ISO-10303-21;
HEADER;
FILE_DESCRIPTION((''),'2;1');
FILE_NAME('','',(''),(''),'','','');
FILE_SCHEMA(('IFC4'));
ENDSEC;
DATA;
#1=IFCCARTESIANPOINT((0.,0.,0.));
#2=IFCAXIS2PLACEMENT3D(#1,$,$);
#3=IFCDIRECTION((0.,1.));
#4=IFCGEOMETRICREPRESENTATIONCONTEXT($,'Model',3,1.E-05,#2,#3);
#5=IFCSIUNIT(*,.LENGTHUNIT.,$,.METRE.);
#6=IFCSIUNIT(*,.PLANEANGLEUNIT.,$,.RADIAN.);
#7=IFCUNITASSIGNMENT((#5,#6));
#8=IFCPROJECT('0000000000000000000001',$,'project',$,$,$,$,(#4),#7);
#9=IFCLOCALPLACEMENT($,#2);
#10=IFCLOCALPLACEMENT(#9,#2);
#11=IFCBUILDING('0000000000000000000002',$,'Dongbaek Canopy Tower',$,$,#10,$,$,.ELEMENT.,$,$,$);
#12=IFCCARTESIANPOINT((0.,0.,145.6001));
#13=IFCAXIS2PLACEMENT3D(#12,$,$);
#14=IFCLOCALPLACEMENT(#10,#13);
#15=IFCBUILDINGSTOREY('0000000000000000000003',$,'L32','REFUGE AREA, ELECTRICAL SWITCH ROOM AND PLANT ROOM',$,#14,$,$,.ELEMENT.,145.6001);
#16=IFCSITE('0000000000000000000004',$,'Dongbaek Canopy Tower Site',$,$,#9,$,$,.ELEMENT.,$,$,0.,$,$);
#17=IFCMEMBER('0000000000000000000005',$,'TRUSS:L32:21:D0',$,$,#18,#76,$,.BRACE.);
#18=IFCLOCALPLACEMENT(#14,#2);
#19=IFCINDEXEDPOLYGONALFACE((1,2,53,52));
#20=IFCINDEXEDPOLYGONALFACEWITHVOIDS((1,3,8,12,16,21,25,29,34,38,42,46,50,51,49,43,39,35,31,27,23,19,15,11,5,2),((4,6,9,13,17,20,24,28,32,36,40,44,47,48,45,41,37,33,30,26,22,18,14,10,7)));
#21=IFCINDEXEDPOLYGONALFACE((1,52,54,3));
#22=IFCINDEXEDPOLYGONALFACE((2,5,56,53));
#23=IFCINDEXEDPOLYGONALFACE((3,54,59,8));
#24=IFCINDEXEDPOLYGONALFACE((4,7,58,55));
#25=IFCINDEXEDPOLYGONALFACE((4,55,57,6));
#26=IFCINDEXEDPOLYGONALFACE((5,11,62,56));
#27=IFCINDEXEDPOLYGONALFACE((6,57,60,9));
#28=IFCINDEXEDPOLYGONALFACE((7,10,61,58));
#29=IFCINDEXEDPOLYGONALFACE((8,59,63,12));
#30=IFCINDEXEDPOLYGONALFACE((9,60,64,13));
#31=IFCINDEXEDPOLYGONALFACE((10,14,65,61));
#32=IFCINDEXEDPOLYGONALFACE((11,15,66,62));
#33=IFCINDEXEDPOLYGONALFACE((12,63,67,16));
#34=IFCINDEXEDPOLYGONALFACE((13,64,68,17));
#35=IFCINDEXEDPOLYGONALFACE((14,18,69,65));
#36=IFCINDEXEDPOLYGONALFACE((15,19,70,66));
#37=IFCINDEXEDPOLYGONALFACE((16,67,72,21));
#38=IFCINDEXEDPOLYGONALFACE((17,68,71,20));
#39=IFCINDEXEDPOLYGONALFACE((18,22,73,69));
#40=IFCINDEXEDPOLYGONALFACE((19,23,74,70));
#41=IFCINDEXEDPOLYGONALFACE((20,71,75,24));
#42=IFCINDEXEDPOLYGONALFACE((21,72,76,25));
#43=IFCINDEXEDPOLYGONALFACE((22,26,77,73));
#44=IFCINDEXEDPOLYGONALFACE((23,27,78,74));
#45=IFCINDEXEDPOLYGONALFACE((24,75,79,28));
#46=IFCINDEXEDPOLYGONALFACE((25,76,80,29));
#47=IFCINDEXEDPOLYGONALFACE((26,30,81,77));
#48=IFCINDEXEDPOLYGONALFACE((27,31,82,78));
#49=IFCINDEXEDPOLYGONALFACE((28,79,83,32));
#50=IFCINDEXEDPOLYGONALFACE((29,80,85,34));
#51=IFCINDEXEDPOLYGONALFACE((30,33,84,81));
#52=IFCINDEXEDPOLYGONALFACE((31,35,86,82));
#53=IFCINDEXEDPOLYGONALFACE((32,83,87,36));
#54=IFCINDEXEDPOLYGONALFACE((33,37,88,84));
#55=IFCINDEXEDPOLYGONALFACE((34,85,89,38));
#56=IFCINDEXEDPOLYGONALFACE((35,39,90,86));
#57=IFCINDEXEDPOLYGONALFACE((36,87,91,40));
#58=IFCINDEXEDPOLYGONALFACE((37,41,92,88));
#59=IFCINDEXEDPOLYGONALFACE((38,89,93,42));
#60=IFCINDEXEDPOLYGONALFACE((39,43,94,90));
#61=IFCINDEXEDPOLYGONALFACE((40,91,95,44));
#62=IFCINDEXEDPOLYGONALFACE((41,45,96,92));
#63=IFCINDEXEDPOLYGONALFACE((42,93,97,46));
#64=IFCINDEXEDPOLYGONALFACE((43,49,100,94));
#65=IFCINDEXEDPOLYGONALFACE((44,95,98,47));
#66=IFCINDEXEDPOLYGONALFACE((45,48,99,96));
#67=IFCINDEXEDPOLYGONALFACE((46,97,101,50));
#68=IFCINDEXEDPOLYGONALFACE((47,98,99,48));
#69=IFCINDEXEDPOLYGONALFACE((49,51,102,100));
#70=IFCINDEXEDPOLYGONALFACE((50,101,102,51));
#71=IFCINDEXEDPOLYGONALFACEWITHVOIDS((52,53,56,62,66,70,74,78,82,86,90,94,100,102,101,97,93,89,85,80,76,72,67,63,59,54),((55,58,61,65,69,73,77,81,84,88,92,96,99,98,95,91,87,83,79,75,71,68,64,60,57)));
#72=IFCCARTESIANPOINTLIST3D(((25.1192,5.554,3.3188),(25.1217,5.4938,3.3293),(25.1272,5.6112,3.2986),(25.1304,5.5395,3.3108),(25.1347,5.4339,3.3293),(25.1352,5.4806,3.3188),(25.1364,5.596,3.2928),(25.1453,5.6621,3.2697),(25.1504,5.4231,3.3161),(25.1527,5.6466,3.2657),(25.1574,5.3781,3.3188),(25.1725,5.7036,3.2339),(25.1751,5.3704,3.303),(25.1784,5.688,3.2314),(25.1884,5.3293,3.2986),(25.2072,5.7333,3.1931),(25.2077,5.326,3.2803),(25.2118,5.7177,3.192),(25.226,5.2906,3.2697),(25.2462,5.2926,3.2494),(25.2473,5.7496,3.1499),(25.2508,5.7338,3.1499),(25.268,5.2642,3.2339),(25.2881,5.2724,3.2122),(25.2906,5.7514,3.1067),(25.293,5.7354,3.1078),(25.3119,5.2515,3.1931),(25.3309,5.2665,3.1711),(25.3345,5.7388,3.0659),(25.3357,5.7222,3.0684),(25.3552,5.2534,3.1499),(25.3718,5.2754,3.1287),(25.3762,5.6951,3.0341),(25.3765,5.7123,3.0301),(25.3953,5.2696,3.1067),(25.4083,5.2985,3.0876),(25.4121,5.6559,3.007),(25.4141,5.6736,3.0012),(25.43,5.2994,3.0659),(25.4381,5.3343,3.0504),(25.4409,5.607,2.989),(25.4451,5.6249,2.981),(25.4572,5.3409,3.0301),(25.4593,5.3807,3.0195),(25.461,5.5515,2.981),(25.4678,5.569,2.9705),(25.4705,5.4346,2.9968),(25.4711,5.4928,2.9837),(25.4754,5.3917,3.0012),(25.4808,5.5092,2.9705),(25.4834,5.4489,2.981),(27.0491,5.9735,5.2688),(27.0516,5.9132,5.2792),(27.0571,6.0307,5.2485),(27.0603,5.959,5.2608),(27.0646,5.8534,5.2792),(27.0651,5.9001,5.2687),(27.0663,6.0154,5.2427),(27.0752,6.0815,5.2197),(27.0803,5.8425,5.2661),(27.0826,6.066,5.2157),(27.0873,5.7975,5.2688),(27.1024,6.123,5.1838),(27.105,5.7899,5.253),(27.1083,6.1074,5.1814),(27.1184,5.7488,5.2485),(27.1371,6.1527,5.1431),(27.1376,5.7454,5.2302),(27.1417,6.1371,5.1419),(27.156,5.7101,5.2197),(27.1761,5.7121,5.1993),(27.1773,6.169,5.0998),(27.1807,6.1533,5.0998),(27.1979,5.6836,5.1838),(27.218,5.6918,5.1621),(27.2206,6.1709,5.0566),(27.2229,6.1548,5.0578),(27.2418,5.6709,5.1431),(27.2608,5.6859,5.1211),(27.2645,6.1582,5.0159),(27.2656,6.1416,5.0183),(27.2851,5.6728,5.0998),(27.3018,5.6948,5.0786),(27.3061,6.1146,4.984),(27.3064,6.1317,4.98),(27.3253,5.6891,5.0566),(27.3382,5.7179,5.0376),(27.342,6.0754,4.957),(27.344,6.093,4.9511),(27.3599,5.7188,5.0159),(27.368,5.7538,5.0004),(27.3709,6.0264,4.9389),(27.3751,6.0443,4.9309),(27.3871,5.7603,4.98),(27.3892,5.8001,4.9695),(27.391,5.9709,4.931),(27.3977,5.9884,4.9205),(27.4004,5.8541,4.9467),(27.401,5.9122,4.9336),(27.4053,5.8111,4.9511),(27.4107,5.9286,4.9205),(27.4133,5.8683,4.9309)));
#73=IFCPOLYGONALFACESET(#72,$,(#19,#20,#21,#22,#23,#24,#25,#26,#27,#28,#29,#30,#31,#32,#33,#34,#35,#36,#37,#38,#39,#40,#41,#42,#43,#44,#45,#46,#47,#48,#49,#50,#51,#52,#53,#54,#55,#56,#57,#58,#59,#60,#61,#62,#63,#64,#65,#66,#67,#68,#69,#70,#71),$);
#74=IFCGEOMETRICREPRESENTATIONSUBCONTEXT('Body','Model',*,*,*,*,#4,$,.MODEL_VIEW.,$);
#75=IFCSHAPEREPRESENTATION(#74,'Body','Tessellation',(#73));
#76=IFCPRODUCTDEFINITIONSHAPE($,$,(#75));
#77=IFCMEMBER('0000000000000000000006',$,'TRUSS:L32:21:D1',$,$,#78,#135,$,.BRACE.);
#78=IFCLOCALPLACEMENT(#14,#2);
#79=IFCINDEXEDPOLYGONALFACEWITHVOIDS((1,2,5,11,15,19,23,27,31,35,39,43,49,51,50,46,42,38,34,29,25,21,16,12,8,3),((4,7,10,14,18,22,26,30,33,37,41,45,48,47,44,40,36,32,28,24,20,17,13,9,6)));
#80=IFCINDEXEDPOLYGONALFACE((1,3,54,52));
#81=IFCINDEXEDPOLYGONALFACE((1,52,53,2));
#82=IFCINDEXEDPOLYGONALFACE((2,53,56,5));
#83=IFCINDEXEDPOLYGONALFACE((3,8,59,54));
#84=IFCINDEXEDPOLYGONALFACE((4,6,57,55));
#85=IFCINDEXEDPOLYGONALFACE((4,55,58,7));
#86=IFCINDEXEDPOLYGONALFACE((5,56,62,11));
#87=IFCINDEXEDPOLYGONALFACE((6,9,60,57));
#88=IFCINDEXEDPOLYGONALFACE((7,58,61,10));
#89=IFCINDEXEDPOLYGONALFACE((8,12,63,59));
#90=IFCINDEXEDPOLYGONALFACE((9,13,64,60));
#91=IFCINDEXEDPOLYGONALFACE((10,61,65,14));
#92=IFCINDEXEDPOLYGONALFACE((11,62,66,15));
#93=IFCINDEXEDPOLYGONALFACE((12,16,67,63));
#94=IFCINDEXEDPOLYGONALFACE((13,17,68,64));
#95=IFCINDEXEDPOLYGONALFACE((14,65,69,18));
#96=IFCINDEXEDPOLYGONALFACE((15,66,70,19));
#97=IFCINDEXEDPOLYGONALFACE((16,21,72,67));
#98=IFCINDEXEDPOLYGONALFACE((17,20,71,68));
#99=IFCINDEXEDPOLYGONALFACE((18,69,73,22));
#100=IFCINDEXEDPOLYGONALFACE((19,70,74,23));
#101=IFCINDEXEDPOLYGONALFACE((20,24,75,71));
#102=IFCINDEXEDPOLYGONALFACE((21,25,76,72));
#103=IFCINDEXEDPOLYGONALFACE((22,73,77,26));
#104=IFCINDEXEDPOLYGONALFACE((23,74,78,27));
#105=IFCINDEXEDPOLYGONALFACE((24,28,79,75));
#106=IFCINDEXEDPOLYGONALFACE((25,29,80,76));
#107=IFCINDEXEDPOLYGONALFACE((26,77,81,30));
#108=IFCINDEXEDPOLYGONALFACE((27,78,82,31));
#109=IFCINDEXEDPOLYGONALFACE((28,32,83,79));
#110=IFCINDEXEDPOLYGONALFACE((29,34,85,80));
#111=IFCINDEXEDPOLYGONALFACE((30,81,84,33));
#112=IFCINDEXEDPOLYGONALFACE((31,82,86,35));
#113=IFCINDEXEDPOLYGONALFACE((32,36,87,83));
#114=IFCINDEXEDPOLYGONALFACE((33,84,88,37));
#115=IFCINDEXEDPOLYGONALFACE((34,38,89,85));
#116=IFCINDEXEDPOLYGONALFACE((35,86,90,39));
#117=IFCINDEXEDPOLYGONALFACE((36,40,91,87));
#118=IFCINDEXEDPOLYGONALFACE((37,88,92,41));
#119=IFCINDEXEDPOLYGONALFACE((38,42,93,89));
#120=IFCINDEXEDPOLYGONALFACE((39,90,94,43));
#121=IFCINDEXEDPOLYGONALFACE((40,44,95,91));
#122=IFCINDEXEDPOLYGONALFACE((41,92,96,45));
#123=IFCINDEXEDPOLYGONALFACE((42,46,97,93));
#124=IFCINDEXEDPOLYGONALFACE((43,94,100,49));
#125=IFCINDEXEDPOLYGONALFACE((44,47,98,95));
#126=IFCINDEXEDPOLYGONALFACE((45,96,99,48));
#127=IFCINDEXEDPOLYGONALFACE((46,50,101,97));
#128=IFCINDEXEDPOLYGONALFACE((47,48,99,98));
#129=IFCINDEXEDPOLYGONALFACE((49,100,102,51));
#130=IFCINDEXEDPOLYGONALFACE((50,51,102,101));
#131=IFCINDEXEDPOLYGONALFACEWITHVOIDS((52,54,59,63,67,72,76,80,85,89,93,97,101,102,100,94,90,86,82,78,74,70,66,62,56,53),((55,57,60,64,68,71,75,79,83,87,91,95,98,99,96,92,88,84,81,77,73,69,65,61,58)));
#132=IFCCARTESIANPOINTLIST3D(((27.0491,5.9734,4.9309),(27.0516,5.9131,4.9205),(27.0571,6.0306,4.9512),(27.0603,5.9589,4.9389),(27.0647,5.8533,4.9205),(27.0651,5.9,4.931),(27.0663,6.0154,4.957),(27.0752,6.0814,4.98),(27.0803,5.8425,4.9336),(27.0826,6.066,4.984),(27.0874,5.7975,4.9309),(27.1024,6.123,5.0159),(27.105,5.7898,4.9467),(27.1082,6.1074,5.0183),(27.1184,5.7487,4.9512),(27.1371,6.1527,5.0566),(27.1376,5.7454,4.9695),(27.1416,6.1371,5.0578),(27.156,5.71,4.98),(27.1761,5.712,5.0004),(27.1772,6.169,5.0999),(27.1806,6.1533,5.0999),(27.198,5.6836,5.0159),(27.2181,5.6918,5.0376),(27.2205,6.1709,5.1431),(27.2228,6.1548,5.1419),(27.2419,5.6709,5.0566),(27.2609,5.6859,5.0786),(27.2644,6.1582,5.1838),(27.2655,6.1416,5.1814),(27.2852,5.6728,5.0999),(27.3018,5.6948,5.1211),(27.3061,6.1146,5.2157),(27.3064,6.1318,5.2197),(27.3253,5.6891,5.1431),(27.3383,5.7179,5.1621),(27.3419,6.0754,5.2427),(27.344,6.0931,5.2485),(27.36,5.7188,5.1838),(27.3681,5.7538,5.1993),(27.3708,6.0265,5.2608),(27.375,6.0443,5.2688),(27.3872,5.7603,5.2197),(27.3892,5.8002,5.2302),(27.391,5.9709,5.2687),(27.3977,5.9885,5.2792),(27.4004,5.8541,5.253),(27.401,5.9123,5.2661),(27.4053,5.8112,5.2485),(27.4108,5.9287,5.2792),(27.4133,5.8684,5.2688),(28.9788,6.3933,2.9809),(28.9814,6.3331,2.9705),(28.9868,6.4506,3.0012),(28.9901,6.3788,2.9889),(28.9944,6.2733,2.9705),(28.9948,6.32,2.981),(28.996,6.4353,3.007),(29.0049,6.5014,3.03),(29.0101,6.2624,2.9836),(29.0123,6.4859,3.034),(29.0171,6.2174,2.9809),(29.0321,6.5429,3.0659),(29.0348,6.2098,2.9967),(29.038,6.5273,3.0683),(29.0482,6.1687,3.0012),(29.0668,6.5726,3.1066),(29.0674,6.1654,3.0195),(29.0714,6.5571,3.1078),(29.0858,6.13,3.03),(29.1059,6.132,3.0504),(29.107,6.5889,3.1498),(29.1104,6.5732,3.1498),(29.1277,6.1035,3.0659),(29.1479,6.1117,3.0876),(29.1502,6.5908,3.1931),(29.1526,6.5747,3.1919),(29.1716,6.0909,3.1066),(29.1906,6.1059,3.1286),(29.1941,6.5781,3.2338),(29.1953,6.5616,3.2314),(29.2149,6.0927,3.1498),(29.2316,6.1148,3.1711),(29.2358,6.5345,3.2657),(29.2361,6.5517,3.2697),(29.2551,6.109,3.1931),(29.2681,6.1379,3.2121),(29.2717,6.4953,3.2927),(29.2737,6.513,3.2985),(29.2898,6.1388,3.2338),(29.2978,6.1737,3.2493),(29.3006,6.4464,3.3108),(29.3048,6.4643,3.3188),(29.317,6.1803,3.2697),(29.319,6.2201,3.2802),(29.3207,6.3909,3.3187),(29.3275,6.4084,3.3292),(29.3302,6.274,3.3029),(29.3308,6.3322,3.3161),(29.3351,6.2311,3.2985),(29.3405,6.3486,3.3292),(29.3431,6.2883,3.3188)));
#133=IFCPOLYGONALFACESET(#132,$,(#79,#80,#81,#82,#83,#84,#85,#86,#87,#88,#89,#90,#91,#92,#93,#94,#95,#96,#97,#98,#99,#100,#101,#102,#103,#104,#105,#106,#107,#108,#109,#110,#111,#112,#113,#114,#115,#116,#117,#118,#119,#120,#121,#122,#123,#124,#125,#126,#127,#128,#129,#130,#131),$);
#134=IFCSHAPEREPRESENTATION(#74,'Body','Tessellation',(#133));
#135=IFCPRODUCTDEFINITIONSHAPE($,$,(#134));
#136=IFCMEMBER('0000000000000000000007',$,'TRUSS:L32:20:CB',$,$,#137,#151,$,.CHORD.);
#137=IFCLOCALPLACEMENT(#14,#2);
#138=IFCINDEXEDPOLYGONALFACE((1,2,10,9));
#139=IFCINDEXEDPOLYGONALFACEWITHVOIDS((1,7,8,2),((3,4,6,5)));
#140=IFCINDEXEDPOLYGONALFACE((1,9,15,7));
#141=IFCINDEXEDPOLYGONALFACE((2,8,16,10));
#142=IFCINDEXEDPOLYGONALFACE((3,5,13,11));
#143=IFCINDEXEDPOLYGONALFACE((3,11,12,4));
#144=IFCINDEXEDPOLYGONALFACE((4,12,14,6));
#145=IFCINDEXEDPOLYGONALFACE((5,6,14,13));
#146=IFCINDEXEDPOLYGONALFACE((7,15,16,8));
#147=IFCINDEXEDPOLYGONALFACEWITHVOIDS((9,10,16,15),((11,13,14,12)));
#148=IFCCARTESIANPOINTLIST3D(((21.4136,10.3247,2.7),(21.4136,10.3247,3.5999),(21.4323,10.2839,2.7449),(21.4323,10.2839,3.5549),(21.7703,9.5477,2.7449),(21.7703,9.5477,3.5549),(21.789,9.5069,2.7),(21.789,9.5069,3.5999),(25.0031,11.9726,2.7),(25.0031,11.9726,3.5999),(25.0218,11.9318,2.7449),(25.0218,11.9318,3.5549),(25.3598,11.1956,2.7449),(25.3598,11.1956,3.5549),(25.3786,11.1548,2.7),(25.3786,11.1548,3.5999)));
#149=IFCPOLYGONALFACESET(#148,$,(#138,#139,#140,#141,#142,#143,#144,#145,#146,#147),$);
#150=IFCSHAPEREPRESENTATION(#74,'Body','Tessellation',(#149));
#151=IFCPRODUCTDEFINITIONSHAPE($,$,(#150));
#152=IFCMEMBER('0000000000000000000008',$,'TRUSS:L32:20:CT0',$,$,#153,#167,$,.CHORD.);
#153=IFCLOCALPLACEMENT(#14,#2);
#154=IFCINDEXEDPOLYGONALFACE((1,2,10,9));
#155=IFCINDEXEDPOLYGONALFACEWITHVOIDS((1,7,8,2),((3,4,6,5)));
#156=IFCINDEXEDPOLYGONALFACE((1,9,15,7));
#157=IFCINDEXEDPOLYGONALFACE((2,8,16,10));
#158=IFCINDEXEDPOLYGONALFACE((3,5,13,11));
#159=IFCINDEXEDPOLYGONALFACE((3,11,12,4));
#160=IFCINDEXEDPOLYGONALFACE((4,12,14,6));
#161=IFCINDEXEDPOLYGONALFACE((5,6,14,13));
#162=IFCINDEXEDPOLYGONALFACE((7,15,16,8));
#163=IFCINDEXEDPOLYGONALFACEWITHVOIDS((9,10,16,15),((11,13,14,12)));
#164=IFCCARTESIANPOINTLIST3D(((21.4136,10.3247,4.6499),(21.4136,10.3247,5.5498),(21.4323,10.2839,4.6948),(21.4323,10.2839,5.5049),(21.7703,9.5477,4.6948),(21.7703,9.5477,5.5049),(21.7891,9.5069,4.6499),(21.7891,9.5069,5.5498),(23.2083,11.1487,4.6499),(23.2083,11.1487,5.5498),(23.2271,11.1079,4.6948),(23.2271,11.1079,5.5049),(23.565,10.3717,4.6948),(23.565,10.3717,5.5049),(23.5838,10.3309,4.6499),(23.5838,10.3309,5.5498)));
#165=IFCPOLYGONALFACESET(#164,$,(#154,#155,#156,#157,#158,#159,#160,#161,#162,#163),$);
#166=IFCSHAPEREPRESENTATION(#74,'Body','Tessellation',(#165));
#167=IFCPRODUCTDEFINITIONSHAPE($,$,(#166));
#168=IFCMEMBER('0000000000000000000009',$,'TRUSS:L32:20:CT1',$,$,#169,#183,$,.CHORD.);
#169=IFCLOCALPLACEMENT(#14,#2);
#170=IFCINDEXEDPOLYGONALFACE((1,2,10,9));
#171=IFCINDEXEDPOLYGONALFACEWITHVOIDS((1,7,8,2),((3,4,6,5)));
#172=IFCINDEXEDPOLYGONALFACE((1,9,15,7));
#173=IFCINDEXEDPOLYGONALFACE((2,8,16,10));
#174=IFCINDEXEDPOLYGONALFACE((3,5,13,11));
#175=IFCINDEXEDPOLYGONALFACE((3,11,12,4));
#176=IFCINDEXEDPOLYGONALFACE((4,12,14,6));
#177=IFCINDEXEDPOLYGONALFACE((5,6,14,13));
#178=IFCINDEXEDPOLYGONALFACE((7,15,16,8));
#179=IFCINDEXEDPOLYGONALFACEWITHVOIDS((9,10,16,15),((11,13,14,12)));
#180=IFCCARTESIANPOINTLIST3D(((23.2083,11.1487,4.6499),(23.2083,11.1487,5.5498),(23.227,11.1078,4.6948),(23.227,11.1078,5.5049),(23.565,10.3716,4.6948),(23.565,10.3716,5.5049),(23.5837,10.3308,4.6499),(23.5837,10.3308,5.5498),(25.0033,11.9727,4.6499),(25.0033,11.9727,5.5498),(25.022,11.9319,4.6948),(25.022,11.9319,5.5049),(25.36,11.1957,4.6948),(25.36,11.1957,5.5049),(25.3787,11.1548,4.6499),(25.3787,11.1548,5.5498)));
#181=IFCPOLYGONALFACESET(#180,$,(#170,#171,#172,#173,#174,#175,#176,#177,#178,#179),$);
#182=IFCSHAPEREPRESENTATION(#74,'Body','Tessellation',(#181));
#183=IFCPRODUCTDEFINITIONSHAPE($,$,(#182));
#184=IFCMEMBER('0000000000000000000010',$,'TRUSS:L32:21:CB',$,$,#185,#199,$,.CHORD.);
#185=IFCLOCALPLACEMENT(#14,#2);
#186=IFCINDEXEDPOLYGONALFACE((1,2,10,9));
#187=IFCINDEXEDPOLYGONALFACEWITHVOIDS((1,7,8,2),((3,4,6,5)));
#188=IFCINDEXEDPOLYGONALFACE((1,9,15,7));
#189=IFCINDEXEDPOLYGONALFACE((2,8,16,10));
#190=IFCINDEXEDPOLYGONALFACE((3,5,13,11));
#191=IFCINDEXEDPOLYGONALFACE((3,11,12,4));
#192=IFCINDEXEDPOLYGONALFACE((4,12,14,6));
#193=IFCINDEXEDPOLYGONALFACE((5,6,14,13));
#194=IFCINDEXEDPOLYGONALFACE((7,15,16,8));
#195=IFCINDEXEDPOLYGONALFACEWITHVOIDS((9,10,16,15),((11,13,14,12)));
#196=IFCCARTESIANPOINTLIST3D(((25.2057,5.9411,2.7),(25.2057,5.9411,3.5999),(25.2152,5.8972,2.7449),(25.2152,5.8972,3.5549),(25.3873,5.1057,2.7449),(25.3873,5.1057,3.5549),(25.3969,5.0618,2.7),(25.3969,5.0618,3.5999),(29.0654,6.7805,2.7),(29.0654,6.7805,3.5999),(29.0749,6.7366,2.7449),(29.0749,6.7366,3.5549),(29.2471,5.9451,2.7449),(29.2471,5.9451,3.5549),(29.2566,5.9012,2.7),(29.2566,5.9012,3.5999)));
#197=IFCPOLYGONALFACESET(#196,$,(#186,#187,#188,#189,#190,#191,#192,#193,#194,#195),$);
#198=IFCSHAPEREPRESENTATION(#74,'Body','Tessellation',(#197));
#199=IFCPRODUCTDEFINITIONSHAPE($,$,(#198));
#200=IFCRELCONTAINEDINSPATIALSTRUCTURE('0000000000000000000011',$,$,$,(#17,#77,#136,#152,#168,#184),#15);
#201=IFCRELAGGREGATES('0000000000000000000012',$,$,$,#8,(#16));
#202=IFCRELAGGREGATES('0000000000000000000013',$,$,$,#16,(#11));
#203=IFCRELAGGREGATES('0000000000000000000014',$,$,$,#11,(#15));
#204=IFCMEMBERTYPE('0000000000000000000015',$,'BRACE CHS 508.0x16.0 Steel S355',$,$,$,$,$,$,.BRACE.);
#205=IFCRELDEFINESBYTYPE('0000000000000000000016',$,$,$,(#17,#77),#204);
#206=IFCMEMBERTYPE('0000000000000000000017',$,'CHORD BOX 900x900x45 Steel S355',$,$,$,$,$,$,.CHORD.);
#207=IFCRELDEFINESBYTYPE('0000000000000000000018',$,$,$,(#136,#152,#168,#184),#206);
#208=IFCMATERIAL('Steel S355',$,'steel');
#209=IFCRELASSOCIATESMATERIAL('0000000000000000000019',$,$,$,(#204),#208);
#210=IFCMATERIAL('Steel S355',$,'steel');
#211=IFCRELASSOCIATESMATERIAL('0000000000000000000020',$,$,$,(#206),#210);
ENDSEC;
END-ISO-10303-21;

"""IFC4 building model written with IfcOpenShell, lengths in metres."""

from ifc_helpers import new_model, si_unit, direction, frame, origin, origin_2d, place, context, subcontext, project, spatial, hollow_rectangle, hollow_circle, extrude, material, material_profile, profile_set, type_object, element, save


model = new_model("IFC4")

# Units and contexts
model_context = context("Model", 3, precision=1e-05, world=origin(), true_north=direction((0.0, 1.0)))
body_context = subcontext(model_context, "Body", "Model", "MODEL_VIEW")
ifc_project = project(units=[si_unit("LENGTHUNIT", "METRE"), si_unit("PLANEANGLEUNIT", "RADIAN")], contexts=[model_context])

# Site, building, storey
site_placement = place(None, origin())
site = spatial("IfcSite", under=ifc_project, at=site_placement, Name="Dongbaek Canopy Tower Site", CompositionType="ELEMENT", RefElevation=0.0)
building_placement = place(site_placement, origin())
building = spatial("IfcBuilding", under=site, at=building_placement, Name="Dongbaek Canopy Tower", CompositionType="ELEMENT")
storey_placement = place(building_placement, frame((0.0, 0.0, 145.6001)))
storey = spatial("IfcBuildingStorey", under=building, at=storey_placement, Name="L32", Description="REFUGE AREA, ELECTRICAL SWITCH ROOM AND PLANT ROOM", CompositionType="ELEMENT", Elevation=145.6001)

# Members
ifc_material_1 = material(Name="Steel S355", Category="steel")
ifc_material_profile_1 = material_profile(ifc_material_1, hollow_circle(Radius=0.2539, WallThickness=0.0161, at=origin_2d()), Name="BRACE CHS 508.0x16.0 Steel S355")
ifc_profile_set_1 = profile_set([ifc_material_profile_1], Name="Steel S355")
member_type_1 = type_object("IfcMemberType", Name="BRACE CHS 508.0x16.0 Steel S355", PredefinedType="BRACE", material=ifc_profile_set_1)
for number, where, z_axis, x_axis, name in (
    (1, (25.3013, 5.5015, 3.1499), (0.695369, 0.151125, 0.702583), (-0.212373, 0.977189, 0.0), "TRUSS:L32:21:D0"),
    (2, (27.2312, 5.9209, 5.0999), (0.695306, 0.151306, -0.702607), (-0.212635, 0.977132, 0.0), "TRUSS:L32:21:D1"),
):
    element("IfcMember", number, at=place(storey_placement, frame(where, z_axis=z_axis, x_axis=x_axis)), inside=storey, type_object=member_type_1, Name=name, PredefinedType="BRACE", context=body_context, shape_type="SweptSolid", body=[
        extrude(hollow_circle(Radius=0.2539, WallThickness=0.0161, at=origin_2d()), origin(), (0.0, 0.0, 1.0), 2.7754),
    ])
ifc_material_2 = material(Name="Steel S355", Category="steel")
ifc_material_profile_2 = material_profile(ifc_material_2, hollow_rectangle(XDim=0.8999, YDim=0.8999, WallThickness=0.0449, at=origin_2d()), Name="CHORD BOX 900x900x45 Steel S355")
ifc_profile_set_2 = profile_set([ifc_material_profile_2], Name="Steel S355")
member_type_2 = type_object("IfcMemberType", Name="CHORD BOX 900x900x45 Steel S355", PredefinedType="CHORD", material=ifc_profile_set_2)
member_1_placement = place(storey_placement, frame((21.6013, 9.9158, 3.1499), z_axis=(0.908804, 0.417223, 0.0), x_axis=(-0.417223, 0.908804, 0.0)))
element("IfcMember", 3, at=member_1_placement, inside=storey, type_object=member_type_2, Name="TRUSS:L32:20:CB", PredefinedType="CHORD", context=body_context, shape_type="SweptSolid", body=[
    extrude(hollow_rectangle(XDim=0.8999, YDim=0.8999, WallThickness=0.0449, at=origin_2d()), origin(), (0.0, 0.0, 1.0), 3.9497),
])
member_2_placement = place(storey_placement, frame((21.6013, 9.9158, 5.0999), z_axis=(0.908793, 0.417246, 0.0), x_axis=(-0.417246, 0.908793, 0.0)))
element("IfcMember", 4, at=member_2_placement, inside=storey, type_object=member_type_2, Name="TRUSS:L32:20:CT0", PredefinedType="CHORD", context=body_context, shape_type="SweptSolid", body=[
    extrude(hollow_rectangle(XDim=0.8999, YDim=0.8999, WallThickness=0.0449, at=origin_2d()), origin(), (0.0, 0.0, 1.0), 1.9749),
])
member_3_placement = place(storey_placement, frame((23.396, 10.7397, 5.0999), z_axis=(0.908815, 0.417199, 0.0), x_axis=(-0.417199, 0.908815, 0.0)))
element("IfcMember", 5, at=member_3_placement, inside=storey, type_object=member_type_2, Name="TRUSS:L32:20:CT1", PredefinedType="CHORD", context=body_context, shape_type="SweptSolid", body=[
    extrude(hollow_rectangle(XDim=0.8999, YDim=0.8999, WallThickness=0.0449, at=origin_2d()), origin(), (0.0, 0.0, 1.0), 1.9751),
])
member_4_placement = place(storey_placement, frame((25.3013, 5.5015, 3.1499), z_axis=(0.97716, 0.212504, 0.0), x_axis=(-0.212504, 0.97716, 0.0)))
element("IfcMember", 6, at=member_4_placement, inside=storey, type_object=member_type_2, Name="TRUSS:L32:21:CB", PredefinedType="CHORD", context=body_context, shape_type="SweptSolid", body=[
    extrude(hollow_rectangle(XDim=0.8999, YDim=0.8999, WallThickness=0.0449, at=origin_2d()), origin(), (0.0, 0.0, 1.0), 3.95),
])

save(model, "model.ifc")
